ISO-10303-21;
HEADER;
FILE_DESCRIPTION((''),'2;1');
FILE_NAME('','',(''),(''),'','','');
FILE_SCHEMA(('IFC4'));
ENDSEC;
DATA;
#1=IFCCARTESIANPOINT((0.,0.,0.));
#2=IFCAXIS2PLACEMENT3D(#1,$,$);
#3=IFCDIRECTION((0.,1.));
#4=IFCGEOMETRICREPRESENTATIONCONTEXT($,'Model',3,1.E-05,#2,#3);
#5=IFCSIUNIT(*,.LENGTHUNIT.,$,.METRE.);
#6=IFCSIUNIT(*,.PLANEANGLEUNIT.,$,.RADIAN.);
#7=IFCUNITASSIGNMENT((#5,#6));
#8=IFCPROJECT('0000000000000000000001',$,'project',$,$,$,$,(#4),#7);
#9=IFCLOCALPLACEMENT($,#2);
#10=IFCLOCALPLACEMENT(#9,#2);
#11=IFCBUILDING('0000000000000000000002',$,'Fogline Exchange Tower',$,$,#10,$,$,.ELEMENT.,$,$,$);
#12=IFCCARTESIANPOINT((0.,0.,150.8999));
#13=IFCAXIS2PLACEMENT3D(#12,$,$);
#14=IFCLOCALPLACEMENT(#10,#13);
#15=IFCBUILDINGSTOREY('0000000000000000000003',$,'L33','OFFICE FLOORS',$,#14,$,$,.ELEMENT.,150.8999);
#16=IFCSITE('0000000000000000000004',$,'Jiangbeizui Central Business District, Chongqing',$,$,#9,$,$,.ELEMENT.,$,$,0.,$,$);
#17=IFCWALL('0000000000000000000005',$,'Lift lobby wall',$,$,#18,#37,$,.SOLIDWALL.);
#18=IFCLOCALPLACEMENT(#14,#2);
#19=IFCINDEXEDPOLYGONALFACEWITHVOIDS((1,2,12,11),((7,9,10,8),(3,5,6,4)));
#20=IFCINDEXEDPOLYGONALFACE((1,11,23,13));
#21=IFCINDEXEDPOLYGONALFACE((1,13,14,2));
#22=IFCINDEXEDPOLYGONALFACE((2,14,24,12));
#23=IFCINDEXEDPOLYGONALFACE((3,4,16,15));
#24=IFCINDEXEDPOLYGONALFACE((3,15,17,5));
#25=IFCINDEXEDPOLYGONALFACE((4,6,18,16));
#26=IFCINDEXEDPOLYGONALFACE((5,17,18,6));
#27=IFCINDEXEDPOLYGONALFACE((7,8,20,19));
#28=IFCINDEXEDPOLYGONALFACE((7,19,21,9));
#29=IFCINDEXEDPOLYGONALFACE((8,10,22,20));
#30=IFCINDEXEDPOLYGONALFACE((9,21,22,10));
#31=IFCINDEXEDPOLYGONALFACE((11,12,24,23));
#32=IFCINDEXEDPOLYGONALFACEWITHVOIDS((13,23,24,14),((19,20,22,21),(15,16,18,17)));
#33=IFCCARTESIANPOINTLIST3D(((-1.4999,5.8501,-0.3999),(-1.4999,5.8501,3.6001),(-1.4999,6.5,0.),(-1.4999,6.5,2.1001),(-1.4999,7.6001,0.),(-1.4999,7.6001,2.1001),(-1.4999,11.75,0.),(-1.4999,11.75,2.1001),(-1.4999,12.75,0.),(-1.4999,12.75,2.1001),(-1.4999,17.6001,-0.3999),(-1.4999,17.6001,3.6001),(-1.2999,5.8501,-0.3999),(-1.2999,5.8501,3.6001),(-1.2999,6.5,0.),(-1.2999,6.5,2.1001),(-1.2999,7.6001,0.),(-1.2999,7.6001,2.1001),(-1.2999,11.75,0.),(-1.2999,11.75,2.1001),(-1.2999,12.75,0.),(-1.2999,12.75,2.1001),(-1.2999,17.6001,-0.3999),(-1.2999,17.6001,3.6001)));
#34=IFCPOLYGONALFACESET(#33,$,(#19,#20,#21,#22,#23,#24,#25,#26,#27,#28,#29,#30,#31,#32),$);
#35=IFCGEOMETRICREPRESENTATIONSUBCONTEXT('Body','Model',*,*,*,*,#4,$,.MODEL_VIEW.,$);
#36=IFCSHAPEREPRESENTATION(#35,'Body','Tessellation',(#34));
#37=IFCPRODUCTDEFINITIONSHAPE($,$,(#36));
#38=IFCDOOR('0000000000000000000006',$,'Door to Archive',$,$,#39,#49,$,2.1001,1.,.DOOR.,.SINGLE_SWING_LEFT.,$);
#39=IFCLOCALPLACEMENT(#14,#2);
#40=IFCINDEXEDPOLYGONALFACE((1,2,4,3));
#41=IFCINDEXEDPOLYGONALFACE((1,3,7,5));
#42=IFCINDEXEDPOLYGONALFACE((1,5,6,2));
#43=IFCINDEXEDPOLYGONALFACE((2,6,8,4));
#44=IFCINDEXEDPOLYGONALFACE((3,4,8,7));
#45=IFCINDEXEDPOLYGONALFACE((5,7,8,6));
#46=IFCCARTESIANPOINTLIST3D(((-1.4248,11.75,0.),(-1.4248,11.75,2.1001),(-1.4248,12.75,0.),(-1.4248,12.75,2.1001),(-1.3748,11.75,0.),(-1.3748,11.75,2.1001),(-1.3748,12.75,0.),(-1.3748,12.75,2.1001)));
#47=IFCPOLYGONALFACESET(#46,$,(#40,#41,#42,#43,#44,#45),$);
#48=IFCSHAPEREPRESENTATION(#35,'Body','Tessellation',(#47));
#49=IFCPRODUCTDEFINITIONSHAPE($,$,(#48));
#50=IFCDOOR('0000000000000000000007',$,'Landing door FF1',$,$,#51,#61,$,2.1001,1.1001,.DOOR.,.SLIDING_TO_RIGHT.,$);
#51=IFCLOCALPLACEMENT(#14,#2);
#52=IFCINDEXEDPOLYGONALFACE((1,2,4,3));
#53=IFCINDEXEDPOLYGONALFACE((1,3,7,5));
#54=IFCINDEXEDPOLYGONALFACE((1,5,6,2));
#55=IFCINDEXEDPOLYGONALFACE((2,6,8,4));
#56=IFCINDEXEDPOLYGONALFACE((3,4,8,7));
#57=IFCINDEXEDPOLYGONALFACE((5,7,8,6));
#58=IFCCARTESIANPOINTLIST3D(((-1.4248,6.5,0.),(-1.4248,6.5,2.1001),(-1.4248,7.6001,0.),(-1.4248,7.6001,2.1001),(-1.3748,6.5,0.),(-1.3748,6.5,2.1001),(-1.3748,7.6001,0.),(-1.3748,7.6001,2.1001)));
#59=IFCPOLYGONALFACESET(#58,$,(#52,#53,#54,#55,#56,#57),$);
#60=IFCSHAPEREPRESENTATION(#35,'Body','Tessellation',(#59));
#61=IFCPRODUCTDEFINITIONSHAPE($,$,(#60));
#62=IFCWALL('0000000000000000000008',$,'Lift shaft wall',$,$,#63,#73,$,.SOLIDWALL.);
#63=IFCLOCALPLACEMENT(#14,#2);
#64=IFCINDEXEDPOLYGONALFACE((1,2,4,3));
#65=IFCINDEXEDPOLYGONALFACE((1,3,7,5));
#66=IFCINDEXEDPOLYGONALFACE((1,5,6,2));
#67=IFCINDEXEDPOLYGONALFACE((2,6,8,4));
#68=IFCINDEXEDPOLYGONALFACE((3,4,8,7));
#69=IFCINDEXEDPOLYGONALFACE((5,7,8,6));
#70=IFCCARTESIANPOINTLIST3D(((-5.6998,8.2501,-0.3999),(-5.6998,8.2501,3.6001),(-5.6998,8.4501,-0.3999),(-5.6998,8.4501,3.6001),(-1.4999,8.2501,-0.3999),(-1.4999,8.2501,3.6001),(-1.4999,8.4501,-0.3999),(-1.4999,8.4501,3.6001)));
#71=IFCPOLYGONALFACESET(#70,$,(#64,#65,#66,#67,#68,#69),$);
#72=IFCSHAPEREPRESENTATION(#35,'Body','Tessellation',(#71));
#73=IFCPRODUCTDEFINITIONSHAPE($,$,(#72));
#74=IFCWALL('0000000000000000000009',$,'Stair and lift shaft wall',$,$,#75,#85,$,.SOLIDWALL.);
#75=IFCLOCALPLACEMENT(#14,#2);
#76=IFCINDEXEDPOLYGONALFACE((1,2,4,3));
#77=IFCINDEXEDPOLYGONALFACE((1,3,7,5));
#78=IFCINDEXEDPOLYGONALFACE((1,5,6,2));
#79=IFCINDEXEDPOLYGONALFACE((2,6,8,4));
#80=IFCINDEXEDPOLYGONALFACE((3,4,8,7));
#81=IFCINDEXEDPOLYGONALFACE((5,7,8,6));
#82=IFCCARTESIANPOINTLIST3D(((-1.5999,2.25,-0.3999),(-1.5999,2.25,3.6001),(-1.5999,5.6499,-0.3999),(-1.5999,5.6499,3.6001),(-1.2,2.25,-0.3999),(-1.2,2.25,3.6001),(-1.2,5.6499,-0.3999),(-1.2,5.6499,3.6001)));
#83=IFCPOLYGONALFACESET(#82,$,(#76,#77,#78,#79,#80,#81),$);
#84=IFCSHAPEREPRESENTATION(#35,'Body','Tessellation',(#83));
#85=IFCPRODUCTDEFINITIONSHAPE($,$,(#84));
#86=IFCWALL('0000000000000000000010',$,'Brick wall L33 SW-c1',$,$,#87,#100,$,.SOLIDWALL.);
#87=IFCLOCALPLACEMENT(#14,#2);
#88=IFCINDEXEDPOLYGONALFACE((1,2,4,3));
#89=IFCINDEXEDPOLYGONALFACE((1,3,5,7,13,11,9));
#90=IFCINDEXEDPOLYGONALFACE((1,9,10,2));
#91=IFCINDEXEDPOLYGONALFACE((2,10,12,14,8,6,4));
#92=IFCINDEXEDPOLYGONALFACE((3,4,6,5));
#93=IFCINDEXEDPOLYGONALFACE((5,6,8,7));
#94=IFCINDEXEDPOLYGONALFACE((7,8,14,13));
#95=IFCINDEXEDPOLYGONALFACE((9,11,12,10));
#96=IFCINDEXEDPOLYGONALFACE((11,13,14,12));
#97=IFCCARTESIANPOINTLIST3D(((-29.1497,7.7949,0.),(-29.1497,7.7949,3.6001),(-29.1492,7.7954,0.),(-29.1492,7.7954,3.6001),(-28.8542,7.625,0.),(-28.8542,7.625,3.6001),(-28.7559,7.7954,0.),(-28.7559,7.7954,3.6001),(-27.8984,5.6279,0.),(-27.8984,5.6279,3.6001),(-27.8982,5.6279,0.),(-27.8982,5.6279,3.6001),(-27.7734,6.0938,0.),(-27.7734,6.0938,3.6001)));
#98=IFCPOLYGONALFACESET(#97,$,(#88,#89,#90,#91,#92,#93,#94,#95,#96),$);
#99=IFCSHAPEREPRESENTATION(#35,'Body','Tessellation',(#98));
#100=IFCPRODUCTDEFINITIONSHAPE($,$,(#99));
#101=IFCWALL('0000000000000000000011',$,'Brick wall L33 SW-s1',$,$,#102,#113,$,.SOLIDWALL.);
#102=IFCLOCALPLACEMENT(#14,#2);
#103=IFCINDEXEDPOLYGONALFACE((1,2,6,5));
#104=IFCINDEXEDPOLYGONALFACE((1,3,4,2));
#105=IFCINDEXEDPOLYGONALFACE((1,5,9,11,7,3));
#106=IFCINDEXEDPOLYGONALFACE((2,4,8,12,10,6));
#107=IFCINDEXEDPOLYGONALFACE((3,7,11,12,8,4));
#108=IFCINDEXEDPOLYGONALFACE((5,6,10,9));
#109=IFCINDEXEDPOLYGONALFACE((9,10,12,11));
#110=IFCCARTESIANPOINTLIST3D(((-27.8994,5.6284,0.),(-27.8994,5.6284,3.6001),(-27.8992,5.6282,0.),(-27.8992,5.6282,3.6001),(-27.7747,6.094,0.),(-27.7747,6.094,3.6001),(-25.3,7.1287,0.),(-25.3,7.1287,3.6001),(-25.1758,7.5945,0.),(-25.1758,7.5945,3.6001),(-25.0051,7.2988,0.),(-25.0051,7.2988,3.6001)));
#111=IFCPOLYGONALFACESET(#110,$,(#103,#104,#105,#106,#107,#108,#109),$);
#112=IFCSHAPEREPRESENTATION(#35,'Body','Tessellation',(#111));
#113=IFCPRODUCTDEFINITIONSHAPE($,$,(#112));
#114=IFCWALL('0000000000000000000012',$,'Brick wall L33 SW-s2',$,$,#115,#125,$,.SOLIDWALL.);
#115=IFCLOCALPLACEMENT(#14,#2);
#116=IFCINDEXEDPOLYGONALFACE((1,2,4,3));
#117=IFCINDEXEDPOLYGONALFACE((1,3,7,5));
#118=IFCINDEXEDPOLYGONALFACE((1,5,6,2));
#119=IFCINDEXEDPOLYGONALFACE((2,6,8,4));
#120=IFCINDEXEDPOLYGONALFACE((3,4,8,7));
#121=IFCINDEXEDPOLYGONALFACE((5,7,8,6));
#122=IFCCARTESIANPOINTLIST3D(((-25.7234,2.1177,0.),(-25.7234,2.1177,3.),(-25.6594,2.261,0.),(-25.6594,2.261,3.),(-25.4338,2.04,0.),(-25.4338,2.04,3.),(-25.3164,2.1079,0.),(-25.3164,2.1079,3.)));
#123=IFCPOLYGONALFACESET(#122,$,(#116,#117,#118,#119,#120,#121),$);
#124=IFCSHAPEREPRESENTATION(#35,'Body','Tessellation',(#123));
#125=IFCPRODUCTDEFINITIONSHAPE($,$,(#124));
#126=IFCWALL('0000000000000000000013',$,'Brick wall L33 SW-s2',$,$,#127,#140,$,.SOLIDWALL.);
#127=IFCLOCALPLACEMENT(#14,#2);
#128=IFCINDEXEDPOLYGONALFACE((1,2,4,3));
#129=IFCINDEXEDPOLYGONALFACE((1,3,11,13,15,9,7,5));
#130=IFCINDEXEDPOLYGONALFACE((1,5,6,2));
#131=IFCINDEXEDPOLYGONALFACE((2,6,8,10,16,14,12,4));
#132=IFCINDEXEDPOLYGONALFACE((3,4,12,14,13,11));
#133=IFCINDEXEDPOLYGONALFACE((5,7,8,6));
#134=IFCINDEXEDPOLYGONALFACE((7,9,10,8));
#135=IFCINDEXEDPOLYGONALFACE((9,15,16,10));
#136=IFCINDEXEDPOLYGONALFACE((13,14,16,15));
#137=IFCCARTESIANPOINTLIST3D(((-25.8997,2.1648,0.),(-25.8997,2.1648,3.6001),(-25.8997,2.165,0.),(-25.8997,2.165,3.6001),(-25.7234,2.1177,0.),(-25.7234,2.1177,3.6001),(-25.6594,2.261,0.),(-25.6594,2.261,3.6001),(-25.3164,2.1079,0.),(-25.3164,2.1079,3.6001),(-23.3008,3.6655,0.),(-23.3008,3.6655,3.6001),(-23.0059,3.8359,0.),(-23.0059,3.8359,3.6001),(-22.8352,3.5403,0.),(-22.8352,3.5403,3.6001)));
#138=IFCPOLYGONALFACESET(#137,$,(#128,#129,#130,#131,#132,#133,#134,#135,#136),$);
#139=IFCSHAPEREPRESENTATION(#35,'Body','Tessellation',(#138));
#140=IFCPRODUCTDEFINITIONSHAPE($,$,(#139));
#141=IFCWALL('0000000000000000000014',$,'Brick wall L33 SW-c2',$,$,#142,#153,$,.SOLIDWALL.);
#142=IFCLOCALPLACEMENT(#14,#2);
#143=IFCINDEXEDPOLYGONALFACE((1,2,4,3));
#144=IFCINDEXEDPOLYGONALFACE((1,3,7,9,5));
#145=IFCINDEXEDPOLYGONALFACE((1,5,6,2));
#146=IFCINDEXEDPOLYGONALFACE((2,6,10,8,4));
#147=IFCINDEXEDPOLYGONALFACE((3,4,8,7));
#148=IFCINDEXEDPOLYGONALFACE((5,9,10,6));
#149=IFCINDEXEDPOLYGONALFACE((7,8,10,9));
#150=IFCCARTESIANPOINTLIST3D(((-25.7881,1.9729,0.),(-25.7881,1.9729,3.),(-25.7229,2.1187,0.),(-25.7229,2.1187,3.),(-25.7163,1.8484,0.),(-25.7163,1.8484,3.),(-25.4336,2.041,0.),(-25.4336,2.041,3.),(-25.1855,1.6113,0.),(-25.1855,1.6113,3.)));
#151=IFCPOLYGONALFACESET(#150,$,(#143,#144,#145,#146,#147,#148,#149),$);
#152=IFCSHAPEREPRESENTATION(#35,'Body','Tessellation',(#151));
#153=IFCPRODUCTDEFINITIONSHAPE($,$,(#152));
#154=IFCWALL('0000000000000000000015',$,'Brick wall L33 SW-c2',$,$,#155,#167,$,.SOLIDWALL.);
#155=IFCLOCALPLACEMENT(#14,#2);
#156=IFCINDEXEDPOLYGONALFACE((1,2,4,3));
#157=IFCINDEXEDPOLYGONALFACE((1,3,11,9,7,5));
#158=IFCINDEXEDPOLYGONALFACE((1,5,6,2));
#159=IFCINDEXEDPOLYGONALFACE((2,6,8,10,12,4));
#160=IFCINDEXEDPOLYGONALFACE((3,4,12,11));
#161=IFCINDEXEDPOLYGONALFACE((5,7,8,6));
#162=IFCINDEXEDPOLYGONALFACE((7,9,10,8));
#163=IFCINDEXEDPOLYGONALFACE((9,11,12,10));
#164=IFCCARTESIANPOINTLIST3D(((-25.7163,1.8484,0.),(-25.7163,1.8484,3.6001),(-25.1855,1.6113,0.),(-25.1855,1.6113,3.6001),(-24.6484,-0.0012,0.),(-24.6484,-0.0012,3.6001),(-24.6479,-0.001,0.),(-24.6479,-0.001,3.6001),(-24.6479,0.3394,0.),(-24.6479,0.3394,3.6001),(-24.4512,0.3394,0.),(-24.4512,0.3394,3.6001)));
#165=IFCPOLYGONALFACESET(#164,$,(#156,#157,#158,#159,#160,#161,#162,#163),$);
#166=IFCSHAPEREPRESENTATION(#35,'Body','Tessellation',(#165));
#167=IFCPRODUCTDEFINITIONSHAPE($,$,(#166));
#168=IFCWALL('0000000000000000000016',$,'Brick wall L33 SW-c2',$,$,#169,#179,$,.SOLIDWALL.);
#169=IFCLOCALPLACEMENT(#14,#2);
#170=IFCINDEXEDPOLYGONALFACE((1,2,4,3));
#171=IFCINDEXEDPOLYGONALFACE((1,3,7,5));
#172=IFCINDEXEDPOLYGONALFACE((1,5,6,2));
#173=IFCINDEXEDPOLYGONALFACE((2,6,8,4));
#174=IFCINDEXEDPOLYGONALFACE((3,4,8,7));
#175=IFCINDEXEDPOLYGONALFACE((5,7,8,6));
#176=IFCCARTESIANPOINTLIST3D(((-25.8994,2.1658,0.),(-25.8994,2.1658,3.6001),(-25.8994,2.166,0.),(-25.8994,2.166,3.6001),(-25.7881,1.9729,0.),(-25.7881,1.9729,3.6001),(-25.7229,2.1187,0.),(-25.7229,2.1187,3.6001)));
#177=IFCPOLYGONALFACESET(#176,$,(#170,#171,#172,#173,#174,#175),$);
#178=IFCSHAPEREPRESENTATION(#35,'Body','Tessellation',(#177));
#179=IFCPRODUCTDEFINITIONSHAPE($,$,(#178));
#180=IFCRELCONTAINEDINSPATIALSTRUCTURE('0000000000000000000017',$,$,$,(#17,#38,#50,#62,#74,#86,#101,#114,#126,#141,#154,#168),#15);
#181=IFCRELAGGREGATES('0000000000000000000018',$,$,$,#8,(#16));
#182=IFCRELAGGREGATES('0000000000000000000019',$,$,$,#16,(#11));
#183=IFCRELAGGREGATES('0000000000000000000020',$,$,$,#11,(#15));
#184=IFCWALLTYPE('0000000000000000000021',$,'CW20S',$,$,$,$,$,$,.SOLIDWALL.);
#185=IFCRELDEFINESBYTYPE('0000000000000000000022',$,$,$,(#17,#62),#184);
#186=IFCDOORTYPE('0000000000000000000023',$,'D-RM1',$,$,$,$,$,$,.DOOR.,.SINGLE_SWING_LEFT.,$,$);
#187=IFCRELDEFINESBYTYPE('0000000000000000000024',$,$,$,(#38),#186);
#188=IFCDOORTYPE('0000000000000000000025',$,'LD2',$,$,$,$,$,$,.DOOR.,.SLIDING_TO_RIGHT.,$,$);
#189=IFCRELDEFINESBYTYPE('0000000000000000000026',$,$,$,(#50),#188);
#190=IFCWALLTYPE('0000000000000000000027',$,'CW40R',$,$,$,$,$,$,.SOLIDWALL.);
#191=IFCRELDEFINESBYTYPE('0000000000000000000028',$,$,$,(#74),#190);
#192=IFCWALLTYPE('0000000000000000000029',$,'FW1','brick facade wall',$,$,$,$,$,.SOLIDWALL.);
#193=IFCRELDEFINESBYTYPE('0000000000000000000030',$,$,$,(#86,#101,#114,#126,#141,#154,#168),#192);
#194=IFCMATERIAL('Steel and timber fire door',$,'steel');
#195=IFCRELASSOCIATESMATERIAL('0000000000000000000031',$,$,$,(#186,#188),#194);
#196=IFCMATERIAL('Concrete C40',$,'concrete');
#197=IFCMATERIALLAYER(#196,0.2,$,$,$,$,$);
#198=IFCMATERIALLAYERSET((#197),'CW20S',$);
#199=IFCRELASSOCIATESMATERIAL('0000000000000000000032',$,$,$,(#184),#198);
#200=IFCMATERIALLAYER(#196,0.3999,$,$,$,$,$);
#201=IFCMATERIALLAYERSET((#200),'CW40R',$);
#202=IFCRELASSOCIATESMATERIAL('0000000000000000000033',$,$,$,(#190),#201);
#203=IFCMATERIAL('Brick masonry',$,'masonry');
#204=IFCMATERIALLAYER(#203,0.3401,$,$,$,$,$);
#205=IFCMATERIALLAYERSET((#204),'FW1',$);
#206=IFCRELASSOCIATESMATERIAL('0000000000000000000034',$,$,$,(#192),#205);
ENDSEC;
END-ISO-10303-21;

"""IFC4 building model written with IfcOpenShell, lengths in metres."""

from ifc_helpers import new_model, si_unit, direction, frame, frame_2d, origin, place, context, subcontext, project, spatial, polyline, rectangle, outline, extrude, material, layer, layer_set, type_object, element, fill, save


model = new_model("IFC4")

# Units and contexts
model_context = context("Model", 3, precision=1e-05, world=origin(), true_north=direction((0.0, 1.0)))
body_context = subcontext(model_context, "Body", "Model", "MODEL_VIEW")
ifc_project = project(units=[si_unit("LENGTHUNIT", "METRE"), si_unit("PLANEANGLEUNIT", "RADIAN")], contexts=[model_context])

# Site, building, storey
site_placement = place(None, origin())
site = spatial("IfcSite", under=ifc_project, at=site_placement, Name="Jiangbeizui Central Business District, Chongqing", CompositionType="ELEMENT", RefElevation=0.0)
building_placement = place(site_placement, origin())
building = spatial("IfcBuilding", under=site, at=building_placement, Name="Fogline Exchange Tower", CompositionType="ELEMENT")
storey_placement = place(building_placement, frame((0.0, 0.0, 150.8999)))
storey = spatial("IfcBuildingStorey", under=building, at=storey_placement, Name="L33", Description="OFFICE FLOORS", CompositionType="ELEMENT", Elevation=150.8999)

# Shared definitions
ifc_material_1 = material(Name="Concrete C40", Category="concrete")

# Shared definitions
ifc_material_2 = material(Name="Steel and timber fire door", Category="steel")
door_type_1 = type_object("IfcDoorType", Name="D-RM1", OperationType="SINGLE_SWING_LEFT", PredefinedType="DOOR", material=ifc_material_2)
ifc_layer_1 = layer(ifc_material_1, 0.2)
ifc_layer_set_1 = layer_set([ifc_layer_1], Name="CW20S")
wall_type_1 = type_object("IfcWallType", Name="CW20S", PredefinedType="SOLIDWALL", material=ifc_layer_set_1)

# Wall, openings, doors
wall_1_placement = place(storey_placement, frame((-1.3999, 5.8501, -0.3999), z_axis=(0.0, 0.0, 1.0), x_axis=(0.0, 1.0, 0.0)))
wall_1 = element("IfcWall", 1, at=wall_1_placement, inside=storey, type_object=wall_type_1, Name="Lift lobby wall", PredefinedType="SOLIDWALL", context=body_context, shape_type="SweptSolid", body=[
    extrude(rectangle(XDim=11.75, YDim=0.2, at=frame_2d((5.875, 0.0))), origin(), (0.0, 0.0, 1.0), 4.0),
])
opening_1_placement = place(wall_1_placement, frame((0.6499, 0.0, 0.3999)))
opening_1 = element("IfcOpeningElement", 2, at=opening_1_placement, cuts=wall_1, PredefinedType="OPENING", context=body_context, shape_type="SweptSolid", body=[
    extrude(rectangle(XDim=1.1001, YDim=2.1001, at=frame_2d((0.55, 1.05))), frame((0.0, 0.1099, 0.0), z_axis=(0.0, -1.0, 0.0), x_axis=(1.0, 0.0, 0.0)), (0.0, 0.0, 1.0), 0.22),
])
opening_2_placement = place(wall_1_placement, frame((5.8999, 0.0, 0.3999)))
opening_2 = element("IfcOpeningElement", 3, at=opening_2_placement, cuts=wall_1, PredefinedType="OPENING", context=body_context, shape_type="SweptSolid", body=[
    extrude(rectangle(XDim=1.0, YDim=2.1001, at=frame_2d((0.5, 1.05))), frame((0.0, 0.1099, 0.0), z_axis=(0.0, -1.0, 0.0), x_axis=(1.0, 0.0, 0.0)), (0.0, 0.0, 1.0), 0.22),
])
door_1_placement = place(opening_2_placement, origin())
door_1 = element("IfcDoor", 4, at=door_1_placement, inside=storey, type_object=door_type_1, Name="Door to Archive", OperationType="SINGLE_SWING_LEFT", OverallHeight=2.1001, OverallWidth=1.0, PredefinedType="DOOR", context=body_context, shape_type="SweptSolid", body=[
    extrude(rectangle(XDim=1.0, YDim=2.1001, at=frame_2d((0.5, 1.05))), frame((0.0, 0.0249, 0.0), z_axis=(0.0, -1.0, 0.0), x_axis=(1.0, 0.0, 0.0)), (0.0, 0.0, 1.0), 0.05),
])
fill(opening_2, door_1)
door_type_2 = type_object("IfcDoorType", Name="LD2", OperationType="SLIDING_TO_RIGHT", PredefinedType="DOOR", material=ifc_material_2)
door_2_placement = place(opening_1_placement, origin())
door_2 = element("IfcDoor", 5, at=door_2_placement, inside=storey, type_object=door_type_2, Name="Landing door FF1", OperationType="SLIDING_TO_RIGHT", OverallHeight=2.1001, OverallWidth=1.1001, PredefinedType="DOOR", context=body_context, shape_type="SweptSolid", body=[
    extrude(rectangle(XDim=1.1001, YDim=2.1001, at=frame_2d((0.55, 1.05))), frame((0.0, 0.0249, 0.0), z_axis=(0.0, -1.0, 0.0), x_axis=(1.0, 0.0, 0.0)), (0.0, 0.0, 1.0), 0.05),
])
fill(opening_1, door_2)

# Walls
wall_2_placement = place(storey_placement, frame((-5.7, 8.3501, -0.3999), z_axis=(0.0, 0.0, 1.0), x_axis=(1.0, 0.0, 0.0)))
element("IfcWall", 6, at=wall_2_placement, inside=storey, type_object=wall_type_1, Name="Lift shaft wall", PredefinedType="SOLIDWALL", context=body_context, shape_type="SweptSolid", body=[
    extrude(rectangle(XDim=4.2, YDim=0.2, at=frame_2d((2.1001, 0.0))), origin(), (0.0, 0.0, 1.0), 4.0),
])
ifc_layer_2 = layer(ifc_material_1, 0.3999)
ifc_layer_set_2 = layer_set([ifc_layer_2], Name="CW40R")
wall_type_2 = type_object("IfcWallType", Name="CW40R", PredefinedType="SOLIDWALL", material=ifc_layer_set_2)
wall_3_placement = place(storey_placement, frame((-1.3999, 2.25, -0.3999), z_axis=(0.0, 0.0, 1.0), x_axis=(0.0, 1.0, 0.0)))
element("IfcWall", 7, at=wall_3_placement, inside=storey, type_object=wall_type_2, Name="Stair and lift shaft wall", PredefinedType="SOLIDWALL", context=body_context, shape_type="SweptSolid", body=[
    extrude(rectangle(XDim=3.3999, YDim=0.3999, at=frame_2d((1.7, 0.0))), origin(), (0.0, 0.0, 1.0), 4.0),
])
ifc_material_3 = material(Name="Brick masonry", Category="masonry")
ifc_layer_3 = layer(ifc_material_3, 0.3401)
ifc_layer_set_3 = layer_set([ifc_layer_3], Name="FW1")
wall_type_3 = type_object("IfcWallType", Name="FW1", Description="brick facade wall", PredefinedType="SOLIDWALL", material=ifc_layer_set_3)
wall_4_placement = place(storey_placement, origin())
element("IfcWall", 8, at=wall_4_placement, inside=storey, type_object=wall_type_3, Name="Brick wall L33 SW-c1", PredefinedType="SOLIDWALL", context=body_context, shape_type="SweptSolid", body=[
    extrude(outline(polyline([(-27.8984, 5.6279), (-29.1497, 7.7949), (-29.1492, 7.7954), (-28.8542, 7.625), (-28.7559, 7.7954), (-27.7734, 6.0938), (-27.8982, 5.6279), (-27.8984, 5.6279)])), origin(), (0.0, 0.0, 1.0), 3.6001),
])
wall_5_placement = place(storey_placement, origin())
element("IfcWall", 9, at=wall_5_placement, inside=storey, type_object=wall_type_3, Name="Brick wall L33 SW-s1", PredefinedType="SOLIDWALL", context=body_context, shape_type="SweptSolid", body=[
    extrude(outline(polyline([(-25.1758, 7.5945), (-25.0051, 7.2988), (-25.3, 7.1287), (-27.8992, 5.6282), (-27.8994, 5.6284), (-27.7747, 6.094), (-25.1758, 7.5945)])), origin(), (0.0, 0.0, 1.0), 3.6001),
])
wall_6_placement = place(storey_placement, origin())
element("IfcWall", 10, at=wall_6_placement, inside=storey, type_object=wall_type_3, Name="Brick wall L33 SW-s2", PredefinedType="SOLIDWALL", context=body_context, shape_type="SweptSolid", body=[
    extrude(outline(polyline([(-25.4338, 2.04), (-25.7234, 2.1177), (-25.6594, 2.261), (-25.3164, 2.1079), (-25.4338, 2.04)])), origin(), (0.0, 0.0, 1.0), 3.0),
])
wall_7_placement = place(storey_placement, origin())
element("IfcWall", 11, at=wall_7_placement, inside=storey, type_object=wall_type_3, Name="Brick wall L33 SW-s2", PredefinedType="SOLIDWALL", context=body_context, shape_type="SweptSolid", body=[
    extrude(outline(polyline([(-23.3008, 3.6655), (-23.0059, 3.8359), (-22.8352, 3.5403), (-25.3164, 2.1079), (-25.6594, 2.261), (-25.7234, 2.1177), (-25.8997, 2.1648), (-25.8997, 2.165), (-23.3008, 3.6655)])), origin(), (0.0, 0.0, 1.0), 3.6001),
])
wall_8_placement = place(storey_placement, origin())
element("IfcWall", 12, at=wall_8_placement, inside=storey, type_object=wall_type_3, Name="Brick wall L33 SW-c2", PredefinedType="SOLIDWALL", context=body_context, shape_type="SweptSolid", body=[
    extrude(outline(polyline([(-25.7881, 1.9729), (-25.7229, 2.1187), (-25.4336, 2.041), (-25.1855, 1.6113), (-25.7163, 1.8484), (-25.7881, 1.9729)])), origin(), (0.0, 0.0, 1.0), 3.0),
])
wall_9_placement = place(storey_placement, origin())
element("IfcWall", 13, at=wall_9_placement, inside=storey, type_object=wall_type_3, Name="Brick wall L33 SW-c2", PredefinedType="SOLIDWALL", context=body_context, shape_type="SweptSolid", body=[
    extrude(outline(polyline([(-24.6479, 0.3394), (-24.6479, -0.001), (-24.6484, -0.0012), (-25.7163, 1.8484), (-25.1855, 1.6113), (-24.4512, 0.3394), (-24.6479, 0.3394)])), origin(), (0.0, 0.0, 1.0), 3.6001),
])
wall_10_placement = place(storey_placement, origin())
element("IfcWall", 14, at=wall_10_placement, inside=storey, type_object=wall_type_3, Name="Brick wall L33 SW-c2", PredefinedType="SOLIDWALL", context=body_context, shape_type="SweptSolid", body=[
    extrude(outline(polyline([(-25.8994, 2.1658), (-25.8994, 2.166), (-25.7229, 2.1187), (-25.7881, 1.9729), (-25.8994, 2.1658)])), origin(), (0.0, 0.0, 1.0), 3.6001),
])

save(model, "model.ifc")
